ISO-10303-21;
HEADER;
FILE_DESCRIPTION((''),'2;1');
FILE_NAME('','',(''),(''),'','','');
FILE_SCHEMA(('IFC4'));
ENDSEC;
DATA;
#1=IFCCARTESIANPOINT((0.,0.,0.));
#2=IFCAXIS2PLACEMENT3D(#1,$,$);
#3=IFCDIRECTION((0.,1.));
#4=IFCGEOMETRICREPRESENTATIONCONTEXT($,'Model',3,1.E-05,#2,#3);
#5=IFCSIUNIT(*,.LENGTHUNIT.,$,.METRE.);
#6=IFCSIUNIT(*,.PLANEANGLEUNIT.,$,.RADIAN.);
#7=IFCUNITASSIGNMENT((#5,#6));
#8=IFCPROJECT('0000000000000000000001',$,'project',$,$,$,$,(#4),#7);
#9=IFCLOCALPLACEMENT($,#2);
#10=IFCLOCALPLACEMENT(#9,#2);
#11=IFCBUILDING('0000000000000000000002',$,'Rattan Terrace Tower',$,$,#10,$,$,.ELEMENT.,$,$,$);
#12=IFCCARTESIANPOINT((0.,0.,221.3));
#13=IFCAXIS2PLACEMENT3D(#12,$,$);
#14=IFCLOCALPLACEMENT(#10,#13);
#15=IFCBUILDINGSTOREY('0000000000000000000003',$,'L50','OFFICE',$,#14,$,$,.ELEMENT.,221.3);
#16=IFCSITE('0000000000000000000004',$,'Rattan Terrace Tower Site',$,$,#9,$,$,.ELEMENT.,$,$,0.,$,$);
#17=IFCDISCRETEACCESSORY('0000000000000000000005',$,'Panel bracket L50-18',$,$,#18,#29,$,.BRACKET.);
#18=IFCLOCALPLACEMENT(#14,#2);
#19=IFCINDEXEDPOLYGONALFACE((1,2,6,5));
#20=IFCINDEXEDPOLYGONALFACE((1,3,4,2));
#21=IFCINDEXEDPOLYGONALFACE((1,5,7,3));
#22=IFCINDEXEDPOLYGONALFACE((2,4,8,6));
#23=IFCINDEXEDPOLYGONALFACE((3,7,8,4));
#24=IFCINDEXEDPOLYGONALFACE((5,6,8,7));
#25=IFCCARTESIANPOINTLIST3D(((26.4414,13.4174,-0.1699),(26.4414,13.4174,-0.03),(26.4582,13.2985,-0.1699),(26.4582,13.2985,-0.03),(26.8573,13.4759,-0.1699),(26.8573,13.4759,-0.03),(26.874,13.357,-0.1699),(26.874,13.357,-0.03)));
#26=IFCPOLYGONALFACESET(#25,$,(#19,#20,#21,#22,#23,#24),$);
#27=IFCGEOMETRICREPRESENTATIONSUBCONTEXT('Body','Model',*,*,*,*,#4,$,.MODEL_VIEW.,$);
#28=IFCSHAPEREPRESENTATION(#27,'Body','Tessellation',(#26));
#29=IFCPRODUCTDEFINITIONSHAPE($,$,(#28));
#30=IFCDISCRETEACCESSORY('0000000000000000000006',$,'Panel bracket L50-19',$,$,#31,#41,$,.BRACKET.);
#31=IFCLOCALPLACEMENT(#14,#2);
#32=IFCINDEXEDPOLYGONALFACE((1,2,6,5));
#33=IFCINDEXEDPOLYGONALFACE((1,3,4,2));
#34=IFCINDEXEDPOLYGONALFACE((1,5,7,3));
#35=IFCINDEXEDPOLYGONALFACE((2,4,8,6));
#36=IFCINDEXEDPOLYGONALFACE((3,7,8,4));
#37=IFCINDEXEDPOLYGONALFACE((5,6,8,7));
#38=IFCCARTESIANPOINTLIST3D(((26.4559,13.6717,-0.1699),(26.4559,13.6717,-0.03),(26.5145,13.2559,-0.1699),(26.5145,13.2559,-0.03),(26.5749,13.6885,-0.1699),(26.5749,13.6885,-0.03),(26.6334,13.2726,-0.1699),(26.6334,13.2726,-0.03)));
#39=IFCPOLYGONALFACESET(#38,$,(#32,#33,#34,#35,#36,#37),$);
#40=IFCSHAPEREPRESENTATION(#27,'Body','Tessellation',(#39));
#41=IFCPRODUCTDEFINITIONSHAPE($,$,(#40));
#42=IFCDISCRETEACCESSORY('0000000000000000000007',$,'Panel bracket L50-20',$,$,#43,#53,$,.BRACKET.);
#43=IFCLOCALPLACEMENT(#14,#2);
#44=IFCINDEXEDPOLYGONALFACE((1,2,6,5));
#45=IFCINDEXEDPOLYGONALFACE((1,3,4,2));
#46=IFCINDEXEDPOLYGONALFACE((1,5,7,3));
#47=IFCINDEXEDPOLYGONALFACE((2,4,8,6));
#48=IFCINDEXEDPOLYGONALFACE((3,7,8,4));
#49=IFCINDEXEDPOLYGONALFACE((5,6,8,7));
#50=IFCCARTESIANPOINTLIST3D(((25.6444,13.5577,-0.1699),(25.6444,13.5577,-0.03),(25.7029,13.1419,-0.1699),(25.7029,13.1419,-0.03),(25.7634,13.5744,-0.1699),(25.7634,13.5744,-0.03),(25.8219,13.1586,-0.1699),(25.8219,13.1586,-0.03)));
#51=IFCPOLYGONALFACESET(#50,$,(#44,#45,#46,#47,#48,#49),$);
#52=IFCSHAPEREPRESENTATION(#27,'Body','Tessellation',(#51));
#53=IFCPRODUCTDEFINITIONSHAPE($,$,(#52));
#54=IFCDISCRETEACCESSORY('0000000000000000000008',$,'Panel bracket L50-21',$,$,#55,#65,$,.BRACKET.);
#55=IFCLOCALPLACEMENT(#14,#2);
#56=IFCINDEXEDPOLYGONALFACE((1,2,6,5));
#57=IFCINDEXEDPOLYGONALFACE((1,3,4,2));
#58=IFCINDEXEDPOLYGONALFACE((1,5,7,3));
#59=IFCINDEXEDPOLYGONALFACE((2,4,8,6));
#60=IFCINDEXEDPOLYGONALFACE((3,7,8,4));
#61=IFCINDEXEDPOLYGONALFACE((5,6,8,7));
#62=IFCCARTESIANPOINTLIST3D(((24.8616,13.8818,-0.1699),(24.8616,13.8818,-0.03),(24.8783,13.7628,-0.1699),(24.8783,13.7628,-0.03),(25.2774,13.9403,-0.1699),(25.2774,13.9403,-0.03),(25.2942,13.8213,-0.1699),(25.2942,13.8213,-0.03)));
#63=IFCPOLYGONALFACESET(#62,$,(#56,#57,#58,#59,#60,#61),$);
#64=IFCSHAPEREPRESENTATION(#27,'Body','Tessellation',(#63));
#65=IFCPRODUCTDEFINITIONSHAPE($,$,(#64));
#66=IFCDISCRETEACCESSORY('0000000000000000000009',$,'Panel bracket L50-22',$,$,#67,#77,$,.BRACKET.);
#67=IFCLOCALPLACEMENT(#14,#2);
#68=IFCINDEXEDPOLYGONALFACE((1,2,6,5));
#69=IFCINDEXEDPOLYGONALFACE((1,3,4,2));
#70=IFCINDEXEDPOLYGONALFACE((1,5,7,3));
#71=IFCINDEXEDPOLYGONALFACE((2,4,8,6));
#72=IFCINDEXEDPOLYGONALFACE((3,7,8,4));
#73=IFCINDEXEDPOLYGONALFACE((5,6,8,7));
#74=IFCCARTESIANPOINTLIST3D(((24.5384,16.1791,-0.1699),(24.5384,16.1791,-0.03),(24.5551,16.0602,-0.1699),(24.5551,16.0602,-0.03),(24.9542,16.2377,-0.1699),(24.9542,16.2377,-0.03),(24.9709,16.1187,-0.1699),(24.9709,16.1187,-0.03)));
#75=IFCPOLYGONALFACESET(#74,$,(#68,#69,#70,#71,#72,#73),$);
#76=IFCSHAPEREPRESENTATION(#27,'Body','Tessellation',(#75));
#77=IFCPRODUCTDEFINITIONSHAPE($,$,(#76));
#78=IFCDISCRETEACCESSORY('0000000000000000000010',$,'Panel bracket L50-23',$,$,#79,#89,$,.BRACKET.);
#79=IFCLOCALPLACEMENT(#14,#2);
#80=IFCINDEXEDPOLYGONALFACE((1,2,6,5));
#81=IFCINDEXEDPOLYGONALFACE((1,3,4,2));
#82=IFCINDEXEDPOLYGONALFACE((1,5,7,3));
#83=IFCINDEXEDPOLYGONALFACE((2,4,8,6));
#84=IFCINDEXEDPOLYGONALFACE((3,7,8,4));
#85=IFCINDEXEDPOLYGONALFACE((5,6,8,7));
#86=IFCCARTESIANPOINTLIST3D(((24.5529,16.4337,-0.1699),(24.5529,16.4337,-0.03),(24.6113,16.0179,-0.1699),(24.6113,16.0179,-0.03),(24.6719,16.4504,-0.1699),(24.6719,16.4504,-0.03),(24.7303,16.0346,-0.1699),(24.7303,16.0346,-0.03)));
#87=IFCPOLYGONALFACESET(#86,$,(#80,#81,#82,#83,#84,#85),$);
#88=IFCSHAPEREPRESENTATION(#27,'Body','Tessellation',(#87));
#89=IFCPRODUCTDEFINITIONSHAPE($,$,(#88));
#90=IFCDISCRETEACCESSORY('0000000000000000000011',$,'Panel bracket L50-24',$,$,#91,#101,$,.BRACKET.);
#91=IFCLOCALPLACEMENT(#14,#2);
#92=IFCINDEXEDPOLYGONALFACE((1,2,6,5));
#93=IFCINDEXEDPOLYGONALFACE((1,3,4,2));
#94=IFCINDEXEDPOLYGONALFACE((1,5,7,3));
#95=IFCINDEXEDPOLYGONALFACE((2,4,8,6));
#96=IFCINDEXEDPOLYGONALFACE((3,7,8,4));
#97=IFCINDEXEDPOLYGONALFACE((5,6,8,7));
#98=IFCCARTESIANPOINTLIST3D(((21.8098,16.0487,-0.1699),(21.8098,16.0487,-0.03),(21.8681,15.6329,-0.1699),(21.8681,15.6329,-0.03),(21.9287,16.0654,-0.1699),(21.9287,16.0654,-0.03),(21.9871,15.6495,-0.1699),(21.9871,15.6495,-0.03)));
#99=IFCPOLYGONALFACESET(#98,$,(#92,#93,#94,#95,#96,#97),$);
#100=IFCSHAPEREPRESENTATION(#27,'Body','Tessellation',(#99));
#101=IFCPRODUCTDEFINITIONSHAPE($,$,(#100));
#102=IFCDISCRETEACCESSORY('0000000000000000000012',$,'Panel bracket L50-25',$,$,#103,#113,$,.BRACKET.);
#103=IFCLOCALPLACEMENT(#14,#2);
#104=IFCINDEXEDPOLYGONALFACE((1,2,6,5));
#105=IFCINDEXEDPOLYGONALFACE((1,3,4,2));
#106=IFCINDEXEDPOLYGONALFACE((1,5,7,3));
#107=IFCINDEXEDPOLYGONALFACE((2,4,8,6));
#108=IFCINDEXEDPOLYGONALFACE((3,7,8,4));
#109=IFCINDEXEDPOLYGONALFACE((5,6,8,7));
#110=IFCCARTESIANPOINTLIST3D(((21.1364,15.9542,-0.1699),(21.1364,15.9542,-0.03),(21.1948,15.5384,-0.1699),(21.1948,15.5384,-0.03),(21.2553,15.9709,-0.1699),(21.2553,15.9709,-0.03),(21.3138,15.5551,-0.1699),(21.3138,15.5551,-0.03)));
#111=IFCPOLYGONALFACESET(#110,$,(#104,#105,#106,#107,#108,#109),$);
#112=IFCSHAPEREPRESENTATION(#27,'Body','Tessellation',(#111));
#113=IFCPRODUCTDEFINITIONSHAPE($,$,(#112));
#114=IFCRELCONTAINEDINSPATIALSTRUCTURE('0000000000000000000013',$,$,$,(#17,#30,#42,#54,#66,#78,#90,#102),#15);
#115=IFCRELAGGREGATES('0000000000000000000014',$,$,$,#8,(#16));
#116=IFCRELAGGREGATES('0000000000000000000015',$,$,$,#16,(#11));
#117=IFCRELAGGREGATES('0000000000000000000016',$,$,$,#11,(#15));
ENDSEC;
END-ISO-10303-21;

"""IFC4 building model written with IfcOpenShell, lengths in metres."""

from ifc_helpers import new_model, si_unit, direction, frame, origin, origin_2d, place, context, subcontext, project, spatial, rectangle, extrude, element, save


model = new_model("IFC4")

# Units and contexts
model_context = context("Model", 3, precision=1e-05, world=origin(), true_north=direction((0.0, 1.0)))
body_context = subcontext(model_context, "Body", "Model", "MODEL_VIEW")
ifc_project = project(units=[si_unit("LENGTHUNIT", "METRE"), si_unit("PLANEANGLEUNIT", "RADIAN")], contexts=[model_context])

# Site, building, storey
site_placement = place(None, origin())
site = spatial("IfcSite", under=ifc_project, at=site_placement, Name="Rattan Terrace Tower Site", CompositionType="ELEMENT", RefElevation=0.0)
building_placement = place(site_placement, origin())
building = spatial("IfcBuilding", under=site, at=building_placement, Name="Rattan Terrace Tower", CompositionType="ELEMENT")
storey_placement = place(building_placement, frame((0.0, 0.0, 221.3)))
storey = spatial("IfcBuildingStorey", under=building, at=storey_placement, Name="L50", Description="OFFICE", CompositionType="ELEMENT", Elevation=221.3)

# Discrete accessories
for number, where, z_axis, x_axis, name in (
    (1, (26.6577, 13.3872, -0.1699), (0.0, 0.0, 1.0), (-0.139321, 0.990247, 0.0), "Panel bracket L50-18"),
    (2, (26.5447, 13.4722, -0.1699), (0.0, 0.0, 1.0), (-0.990241, -0.139367, 0.0), "Panel bracket L50-19"),
    (3, (25.7332, 13.3582, -0.1699), (0.0, 0.0, 1.0), (-0.990241, -0.139367, 0.0), "Panel bracket L50-20"),
    (4, (25.0779, 13.8516, -0.1699), (0.0, 0.0, 1.0), (-0.139321, 0.990247, 0.0), "Panel bracket L50-21"),
    (5, (24.7546, 16.1489, -0.1699), (0.0, 0.0, 1.0), (-0.139321, 0.990247, 0.0), "Panel bracket L50-22"),
    (6, (24.6416, 16.2341, -0.1699), (0.0, 0.0, 1.0), (-0.990293, -0.138994, 0.0), "Panel bracket L50-23"),
    (7, (21.8984, 15.8491, -0.1699), (0.0, 0.0, 1.0), (-0.990293, -0.138994, 0.0), "Panel bracket L50-24"),
    (8, (21.2251, 15.7546, -0.1699), (0.0, 0.0, 1.0), (-0.990267, -0.139177, 0.0), "Panel bracket L50-25"),
):
    element("IfcDiscreteAccessory", number, at=place(storey_placement, frame(where, z_axis=z_axis, x_axis=x_axis)), inside=storey, Name=name, PredefinedType="BRACKET", context=body_context, shape_type="SweptSolid", body=[
        extrude(rectangle(XDim=0.1201, YDim=0.4199, at=origin_2d()), origin(), (0.0, 0.0, 1.0), 0.1399),
    ])

save(model, "model.ifc")
